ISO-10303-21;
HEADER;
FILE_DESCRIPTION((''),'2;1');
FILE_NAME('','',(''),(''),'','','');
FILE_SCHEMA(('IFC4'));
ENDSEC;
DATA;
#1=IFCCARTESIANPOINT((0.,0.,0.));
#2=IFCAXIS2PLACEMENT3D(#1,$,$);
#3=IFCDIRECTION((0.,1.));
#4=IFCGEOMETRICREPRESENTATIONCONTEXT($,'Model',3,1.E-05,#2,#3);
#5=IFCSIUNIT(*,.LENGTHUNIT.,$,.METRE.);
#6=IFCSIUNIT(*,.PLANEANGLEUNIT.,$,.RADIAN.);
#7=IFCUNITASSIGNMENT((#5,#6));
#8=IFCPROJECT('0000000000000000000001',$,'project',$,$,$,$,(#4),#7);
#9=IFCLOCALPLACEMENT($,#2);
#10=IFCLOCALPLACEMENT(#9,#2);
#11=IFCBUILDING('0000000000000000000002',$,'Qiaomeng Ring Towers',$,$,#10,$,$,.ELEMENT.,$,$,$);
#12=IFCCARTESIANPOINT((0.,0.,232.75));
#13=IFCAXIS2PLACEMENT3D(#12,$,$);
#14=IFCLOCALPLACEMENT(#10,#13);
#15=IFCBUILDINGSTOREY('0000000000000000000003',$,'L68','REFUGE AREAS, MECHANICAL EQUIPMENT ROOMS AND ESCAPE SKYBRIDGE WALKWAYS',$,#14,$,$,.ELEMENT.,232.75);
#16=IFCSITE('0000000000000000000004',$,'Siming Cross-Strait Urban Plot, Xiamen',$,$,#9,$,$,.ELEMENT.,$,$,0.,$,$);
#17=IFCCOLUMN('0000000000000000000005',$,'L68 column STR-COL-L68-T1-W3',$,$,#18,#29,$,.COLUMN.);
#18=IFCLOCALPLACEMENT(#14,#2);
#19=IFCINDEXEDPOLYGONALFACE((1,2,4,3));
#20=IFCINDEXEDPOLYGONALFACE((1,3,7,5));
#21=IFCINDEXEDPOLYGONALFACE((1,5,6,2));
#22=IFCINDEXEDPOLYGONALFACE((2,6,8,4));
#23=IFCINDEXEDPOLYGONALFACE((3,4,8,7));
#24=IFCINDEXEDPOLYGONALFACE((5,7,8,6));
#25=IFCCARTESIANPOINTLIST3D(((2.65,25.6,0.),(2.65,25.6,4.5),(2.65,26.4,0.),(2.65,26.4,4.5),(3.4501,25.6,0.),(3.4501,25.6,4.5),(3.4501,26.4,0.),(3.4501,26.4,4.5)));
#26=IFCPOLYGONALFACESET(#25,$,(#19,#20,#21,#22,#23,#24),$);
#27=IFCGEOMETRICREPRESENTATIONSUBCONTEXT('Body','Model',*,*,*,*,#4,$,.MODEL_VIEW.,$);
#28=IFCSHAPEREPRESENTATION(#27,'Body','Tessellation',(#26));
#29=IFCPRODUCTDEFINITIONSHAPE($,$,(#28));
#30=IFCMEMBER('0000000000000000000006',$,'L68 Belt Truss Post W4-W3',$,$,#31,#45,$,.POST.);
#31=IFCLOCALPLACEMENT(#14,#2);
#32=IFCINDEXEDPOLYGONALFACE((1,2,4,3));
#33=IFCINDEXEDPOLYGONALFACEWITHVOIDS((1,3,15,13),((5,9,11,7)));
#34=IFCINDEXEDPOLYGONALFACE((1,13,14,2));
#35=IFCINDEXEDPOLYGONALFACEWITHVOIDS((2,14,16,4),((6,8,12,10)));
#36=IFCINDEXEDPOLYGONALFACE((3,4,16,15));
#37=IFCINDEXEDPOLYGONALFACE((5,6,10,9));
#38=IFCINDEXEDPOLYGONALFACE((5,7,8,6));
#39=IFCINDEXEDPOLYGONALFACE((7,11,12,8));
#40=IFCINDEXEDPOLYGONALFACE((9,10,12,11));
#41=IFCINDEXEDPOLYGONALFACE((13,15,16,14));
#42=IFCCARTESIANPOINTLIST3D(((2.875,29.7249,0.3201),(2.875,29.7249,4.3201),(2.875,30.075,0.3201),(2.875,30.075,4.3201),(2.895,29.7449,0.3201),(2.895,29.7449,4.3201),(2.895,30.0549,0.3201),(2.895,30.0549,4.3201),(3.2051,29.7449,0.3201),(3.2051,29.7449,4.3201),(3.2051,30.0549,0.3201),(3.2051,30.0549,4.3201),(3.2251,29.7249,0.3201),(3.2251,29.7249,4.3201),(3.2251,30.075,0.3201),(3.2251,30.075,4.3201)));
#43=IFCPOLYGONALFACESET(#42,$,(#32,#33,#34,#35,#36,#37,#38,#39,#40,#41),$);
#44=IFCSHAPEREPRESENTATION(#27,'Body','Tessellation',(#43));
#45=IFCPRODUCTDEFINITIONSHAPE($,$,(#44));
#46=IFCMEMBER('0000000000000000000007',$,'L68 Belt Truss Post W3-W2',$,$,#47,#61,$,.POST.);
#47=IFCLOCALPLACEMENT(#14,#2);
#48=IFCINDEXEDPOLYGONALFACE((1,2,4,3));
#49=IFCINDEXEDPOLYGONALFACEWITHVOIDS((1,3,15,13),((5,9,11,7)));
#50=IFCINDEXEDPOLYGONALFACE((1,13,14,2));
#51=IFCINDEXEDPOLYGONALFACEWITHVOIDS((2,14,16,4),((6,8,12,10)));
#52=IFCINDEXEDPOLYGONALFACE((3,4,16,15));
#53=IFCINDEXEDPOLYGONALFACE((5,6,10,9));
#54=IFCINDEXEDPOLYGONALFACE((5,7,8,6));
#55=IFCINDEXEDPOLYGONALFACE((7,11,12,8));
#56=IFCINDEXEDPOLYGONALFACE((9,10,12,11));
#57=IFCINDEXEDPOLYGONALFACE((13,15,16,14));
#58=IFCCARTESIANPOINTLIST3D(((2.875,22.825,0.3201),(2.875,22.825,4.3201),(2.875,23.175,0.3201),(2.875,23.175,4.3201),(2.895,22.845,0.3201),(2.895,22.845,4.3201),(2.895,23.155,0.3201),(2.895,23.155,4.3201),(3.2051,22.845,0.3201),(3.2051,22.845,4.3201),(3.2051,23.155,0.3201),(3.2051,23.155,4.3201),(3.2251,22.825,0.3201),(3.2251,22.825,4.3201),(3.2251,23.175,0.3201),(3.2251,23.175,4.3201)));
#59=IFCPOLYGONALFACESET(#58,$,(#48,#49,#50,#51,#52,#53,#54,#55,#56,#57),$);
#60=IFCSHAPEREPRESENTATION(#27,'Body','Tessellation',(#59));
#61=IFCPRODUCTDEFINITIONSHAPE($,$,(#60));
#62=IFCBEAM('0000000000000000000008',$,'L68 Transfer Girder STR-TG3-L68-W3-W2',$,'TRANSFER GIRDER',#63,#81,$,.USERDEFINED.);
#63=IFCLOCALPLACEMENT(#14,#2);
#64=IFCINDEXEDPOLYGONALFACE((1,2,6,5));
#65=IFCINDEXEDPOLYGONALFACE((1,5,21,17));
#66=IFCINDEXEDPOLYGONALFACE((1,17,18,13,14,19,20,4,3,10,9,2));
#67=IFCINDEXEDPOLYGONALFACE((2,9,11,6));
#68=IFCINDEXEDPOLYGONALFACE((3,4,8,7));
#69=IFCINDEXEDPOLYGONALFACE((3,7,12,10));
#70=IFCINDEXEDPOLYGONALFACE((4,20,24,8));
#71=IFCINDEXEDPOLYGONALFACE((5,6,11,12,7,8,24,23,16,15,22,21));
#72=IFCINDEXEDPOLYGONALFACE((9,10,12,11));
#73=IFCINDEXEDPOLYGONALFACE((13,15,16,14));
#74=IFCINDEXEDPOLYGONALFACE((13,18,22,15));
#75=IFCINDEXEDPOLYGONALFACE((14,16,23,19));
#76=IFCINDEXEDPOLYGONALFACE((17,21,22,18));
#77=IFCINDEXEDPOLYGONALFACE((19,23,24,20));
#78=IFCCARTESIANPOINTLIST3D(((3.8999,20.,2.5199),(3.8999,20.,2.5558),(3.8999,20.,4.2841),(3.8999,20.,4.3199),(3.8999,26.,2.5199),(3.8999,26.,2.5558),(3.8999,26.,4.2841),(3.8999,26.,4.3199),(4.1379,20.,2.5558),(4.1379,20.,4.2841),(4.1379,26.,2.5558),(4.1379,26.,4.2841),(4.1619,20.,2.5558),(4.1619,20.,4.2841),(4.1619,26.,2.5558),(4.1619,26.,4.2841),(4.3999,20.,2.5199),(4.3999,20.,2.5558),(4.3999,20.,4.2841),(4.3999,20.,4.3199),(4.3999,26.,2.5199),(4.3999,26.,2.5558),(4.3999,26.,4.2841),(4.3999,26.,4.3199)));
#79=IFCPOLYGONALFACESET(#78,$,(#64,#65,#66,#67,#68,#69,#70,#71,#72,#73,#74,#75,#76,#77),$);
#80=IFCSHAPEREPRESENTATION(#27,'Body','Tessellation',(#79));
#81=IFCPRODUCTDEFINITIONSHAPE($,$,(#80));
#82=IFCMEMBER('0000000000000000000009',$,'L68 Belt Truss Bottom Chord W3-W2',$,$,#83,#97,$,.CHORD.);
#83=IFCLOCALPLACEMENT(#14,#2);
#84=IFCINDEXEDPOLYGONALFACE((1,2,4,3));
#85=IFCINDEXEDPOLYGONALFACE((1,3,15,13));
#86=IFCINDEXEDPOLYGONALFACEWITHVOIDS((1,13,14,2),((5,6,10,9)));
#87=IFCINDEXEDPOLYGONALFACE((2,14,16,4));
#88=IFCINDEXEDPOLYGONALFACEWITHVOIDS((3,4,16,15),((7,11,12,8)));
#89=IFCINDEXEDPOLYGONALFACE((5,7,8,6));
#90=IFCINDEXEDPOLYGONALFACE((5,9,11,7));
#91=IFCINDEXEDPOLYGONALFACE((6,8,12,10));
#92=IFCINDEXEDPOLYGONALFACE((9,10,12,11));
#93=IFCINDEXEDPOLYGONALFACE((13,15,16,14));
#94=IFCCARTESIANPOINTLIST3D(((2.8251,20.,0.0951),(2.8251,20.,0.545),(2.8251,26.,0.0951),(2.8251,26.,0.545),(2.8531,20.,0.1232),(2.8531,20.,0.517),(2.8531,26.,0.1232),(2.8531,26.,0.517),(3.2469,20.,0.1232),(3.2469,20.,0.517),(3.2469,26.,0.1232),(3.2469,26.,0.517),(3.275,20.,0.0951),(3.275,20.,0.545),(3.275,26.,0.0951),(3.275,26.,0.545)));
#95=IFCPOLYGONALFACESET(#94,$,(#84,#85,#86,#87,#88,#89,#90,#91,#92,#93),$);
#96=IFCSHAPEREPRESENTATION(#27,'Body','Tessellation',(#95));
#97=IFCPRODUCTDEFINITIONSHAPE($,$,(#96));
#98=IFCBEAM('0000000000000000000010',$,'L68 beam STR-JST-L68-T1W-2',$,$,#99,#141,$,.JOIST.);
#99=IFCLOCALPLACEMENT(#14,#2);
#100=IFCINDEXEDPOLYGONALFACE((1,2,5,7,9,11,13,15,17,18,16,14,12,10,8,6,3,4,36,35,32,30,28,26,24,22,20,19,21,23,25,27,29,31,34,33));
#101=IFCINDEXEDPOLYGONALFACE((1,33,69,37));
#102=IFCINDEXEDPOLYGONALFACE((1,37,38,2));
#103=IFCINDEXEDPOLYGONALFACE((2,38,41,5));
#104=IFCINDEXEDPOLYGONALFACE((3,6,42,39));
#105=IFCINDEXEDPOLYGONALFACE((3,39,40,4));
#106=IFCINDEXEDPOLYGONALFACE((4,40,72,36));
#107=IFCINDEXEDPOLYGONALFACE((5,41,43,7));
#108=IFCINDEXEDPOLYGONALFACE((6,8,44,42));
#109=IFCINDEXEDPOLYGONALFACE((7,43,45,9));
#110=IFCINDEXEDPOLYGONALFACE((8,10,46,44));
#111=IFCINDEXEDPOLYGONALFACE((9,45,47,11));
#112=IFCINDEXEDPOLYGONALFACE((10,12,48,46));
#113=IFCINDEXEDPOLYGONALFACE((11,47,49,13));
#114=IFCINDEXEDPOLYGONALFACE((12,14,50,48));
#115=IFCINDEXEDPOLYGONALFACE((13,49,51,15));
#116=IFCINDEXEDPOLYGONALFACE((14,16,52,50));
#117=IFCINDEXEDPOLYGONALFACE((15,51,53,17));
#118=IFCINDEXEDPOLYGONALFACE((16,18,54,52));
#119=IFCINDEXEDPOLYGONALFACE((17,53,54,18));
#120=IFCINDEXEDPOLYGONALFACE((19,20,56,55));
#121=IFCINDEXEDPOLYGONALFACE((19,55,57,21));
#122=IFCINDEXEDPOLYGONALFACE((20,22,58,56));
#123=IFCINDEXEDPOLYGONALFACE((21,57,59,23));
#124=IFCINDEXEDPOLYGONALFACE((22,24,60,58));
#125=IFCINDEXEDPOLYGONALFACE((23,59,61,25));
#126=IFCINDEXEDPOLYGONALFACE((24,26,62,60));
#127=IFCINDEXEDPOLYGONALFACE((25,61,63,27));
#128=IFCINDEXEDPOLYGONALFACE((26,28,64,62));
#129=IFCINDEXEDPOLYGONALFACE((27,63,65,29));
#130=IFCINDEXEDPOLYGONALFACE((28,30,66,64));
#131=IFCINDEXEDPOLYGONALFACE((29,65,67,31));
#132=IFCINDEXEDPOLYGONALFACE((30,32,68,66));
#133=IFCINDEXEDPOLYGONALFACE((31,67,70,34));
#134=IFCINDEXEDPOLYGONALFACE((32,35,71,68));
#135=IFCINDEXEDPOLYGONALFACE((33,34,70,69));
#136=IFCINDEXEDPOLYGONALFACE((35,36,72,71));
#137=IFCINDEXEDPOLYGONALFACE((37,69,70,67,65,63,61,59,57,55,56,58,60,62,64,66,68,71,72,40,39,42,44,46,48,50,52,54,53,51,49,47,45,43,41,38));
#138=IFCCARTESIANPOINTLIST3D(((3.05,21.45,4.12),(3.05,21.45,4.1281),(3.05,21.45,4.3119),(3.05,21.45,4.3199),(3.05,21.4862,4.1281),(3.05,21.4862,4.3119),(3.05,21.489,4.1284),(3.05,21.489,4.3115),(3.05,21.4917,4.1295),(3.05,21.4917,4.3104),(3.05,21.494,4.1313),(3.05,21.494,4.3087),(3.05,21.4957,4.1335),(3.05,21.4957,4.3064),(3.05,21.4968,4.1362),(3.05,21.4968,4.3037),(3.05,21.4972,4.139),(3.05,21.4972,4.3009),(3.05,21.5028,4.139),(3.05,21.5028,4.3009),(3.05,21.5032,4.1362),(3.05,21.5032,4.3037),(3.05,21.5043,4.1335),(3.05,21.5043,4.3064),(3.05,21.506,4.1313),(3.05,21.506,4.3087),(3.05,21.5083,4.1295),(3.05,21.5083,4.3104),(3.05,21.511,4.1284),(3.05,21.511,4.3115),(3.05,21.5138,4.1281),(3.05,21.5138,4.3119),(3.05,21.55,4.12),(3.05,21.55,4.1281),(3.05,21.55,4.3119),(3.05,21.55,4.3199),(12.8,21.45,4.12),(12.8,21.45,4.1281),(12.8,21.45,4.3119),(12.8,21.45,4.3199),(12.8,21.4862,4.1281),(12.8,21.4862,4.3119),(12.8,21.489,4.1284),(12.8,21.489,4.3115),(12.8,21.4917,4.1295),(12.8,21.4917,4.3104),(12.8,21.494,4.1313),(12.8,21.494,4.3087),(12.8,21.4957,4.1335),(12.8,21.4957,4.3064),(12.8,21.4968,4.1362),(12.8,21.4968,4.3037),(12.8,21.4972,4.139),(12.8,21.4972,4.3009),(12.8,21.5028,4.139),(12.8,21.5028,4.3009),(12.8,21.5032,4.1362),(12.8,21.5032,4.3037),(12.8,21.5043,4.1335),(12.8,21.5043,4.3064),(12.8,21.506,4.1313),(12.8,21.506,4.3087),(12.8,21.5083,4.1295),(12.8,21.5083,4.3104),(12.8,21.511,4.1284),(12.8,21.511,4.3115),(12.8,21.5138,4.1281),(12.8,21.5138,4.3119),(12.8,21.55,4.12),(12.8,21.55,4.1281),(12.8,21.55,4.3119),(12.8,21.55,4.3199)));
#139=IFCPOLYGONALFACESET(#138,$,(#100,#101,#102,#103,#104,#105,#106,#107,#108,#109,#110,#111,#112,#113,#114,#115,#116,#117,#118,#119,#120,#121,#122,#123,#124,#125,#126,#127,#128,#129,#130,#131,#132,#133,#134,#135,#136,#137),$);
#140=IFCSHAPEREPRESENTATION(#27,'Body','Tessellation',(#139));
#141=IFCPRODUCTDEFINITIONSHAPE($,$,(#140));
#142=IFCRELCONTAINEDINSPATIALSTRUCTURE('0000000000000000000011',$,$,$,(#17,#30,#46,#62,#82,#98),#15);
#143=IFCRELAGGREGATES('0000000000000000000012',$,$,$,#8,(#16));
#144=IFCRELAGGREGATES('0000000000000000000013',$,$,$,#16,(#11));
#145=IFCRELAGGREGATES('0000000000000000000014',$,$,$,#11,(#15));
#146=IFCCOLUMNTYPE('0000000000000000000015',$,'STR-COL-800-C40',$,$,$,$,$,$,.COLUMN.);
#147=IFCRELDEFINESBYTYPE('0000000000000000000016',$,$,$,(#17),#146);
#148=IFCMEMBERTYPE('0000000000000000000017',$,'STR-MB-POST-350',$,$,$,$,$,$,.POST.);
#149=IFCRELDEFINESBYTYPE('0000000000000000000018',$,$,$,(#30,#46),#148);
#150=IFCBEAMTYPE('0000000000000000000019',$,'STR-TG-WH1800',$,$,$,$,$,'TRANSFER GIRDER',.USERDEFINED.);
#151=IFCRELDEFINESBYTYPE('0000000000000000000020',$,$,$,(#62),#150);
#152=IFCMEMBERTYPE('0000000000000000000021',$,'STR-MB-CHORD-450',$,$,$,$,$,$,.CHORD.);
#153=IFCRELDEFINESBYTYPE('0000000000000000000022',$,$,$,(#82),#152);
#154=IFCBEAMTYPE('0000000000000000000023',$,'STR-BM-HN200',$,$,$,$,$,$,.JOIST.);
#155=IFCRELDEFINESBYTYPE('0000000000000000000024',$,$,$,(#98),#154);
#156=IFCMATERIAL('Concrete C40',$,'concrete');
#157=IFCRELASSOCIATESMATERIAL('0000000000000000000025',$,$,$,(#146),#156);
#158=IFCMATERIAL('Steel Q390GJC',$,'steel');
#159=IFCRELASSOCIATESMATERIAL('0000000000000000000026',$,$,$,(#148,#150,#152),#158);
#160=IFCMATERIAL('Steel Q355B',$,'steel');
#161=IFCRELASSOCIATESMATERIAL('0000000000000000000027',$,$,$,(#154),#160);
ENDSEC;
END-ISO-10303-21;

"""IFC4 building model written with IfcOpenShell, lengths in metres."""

from ifc_helpers import new_model, si_unit, direction, frame, origin, origin_2d, place, context, subcontext, project, spatial, rectangle, hollow_rectangle, i_section, extrude, source, transform, mapped, material, material_profile, profile_set, type_object, element, save


model = new_model("IFC4")

# Units and contexts
model_context = context("Model", 3, precision=1e-05, world=origin(), true_north=direction((0.0, 1.0)))
body_context = subcontext(model_context, "Body", "Model", "MODEL_VIEW")
ifc_project = project(units=[si_unit("LENGTHUNIT", "METRE"), si_unit("PLANEANGLEUNIT", "RADIAN")], contexts=[model_context])

# Site, building, storey
site_placement = place(None, origin())
site = spatial("IfcSite", under=ifc_project, at=site_placement, Name="Siming Cross-Strait Urban Plot, Xiamen", CompositionType="ELEMENT", RefElevation=0.0)
building_placement = place(site_placement, origin())
building = spatial("IfcBuilding", under=site, at=building_placement, Name="Qiaomeng Ring Towers", CompositionType="ELEMENT")
storey_placement = place(building_placement, frame((0.0, 0.0, 232.75)))
storey = spatial("IfcBuildingStorey", under=building, at=storey_placement, Name="L68", Description="REFUGE AREAS, MECHANICAL EQUIPMENT ROOMS AND ESCAPE SKYBRIDGE WALKWAYS", CompositionType="ELEMENT", Elevation=232.75)

# Column
ifc_material_1 = material(Name="Concrete C40", Category="concrete")
ifc_material_profile_1 = material_profile(ifc_material_1, rectangle(XDim=0.8, YDim=0.8, at=origin_2d()), Name="RC COL 800x800")
ifc_profile_set_1 = profile_set([ifc_material_profile_1], Name="Concrete C40")
column_type = type_object("IfcColumnType", Name="STR-COL-800-C40", PredefinedType="COLUMN", material=ifc_profile_set_1)
shared_shape_1 = source(origin(), body_context, "Body", "SweptSolid", [
    extrude(rectangle(XDim=0.8, YDim=0.8, at=origin_2d()), origin(), (0.0, 0.0, 1.0), 4.5),
])
column_placement = place(storey_placement, frame((3.05, 26.0, 0.0), z_axis=(0.0, 0.0, 1.0), x_axis=(1.0, 0.0, 0.0)))
element("IfcColumn", 1, at=column_placement, inside=storey, type_object=column_type, Name="L68 column STR-COL-L68-T1-W3", PredefinedType="COLUMN", context=body_context, shape_type="MappedRepresentation", body=[
    mapped(shared_shape_1, transform((0.0, 0.0, 0.0), x_axis=(1.0, 0.0, 0.0), y_axis=(0.0, 1.0, 0.0), z_axis=(0.0, 0.0, 1.0), scale=1.0)),
])

# Members
ifc_material_2 = material(Name="Steel Q390GJC", Category="steel")
ifc_material_profile_2 = material_profile(ifc_material_2, hollow_rectangle(XDim=0.3501, YDim=0.3501, WallThickness=0.02, at=origin_2d()), Name="SHS 350x350x20")
ifc_profile_set_2 = profile_set([ifc_material_profile_2], Name="Steel Q390GJC")
member_type_1 = type_object("IfcMemberType", Name="STR-MB-POST-350", PredefinedType="POST", material=ifc_profile_set_2)
shared_shape_2 = source(origin(), body_context, "Body", "SweptSolid", [
    extrude(hollow_rectangle(XDim=0.3501, YDim=0.3501, WallThickness=0.02, at=origin_2d()), origin(), (0.0, 0.0, 1.0), 4.0),
])
for number, where, z_axis, x_axis, name in (
    (2, (3.05, 29.8999, 0.3201), (0.0, 0.0, 1.0), (1.0, 0.0, 0.0), "L68 Belt Truss Post W4-W3"),
    (3, (3.05, 23.0, 0.3201), (0.0, 0.0, 1.0), (1.0, 0.0, 0.0), "L68 Belt Truss Post W3-W2"),
):
    element("IfcMember", number, at=place(storey_placement, frame(where, z_axis=z_axis, x_axis=x_axis)), inside=storey, type_object=member_type_1, Name=name, PredefinedType="POST", context=body_context, shape_type="MappedRepresentation", body=[
        mapped(shared_shape_2, transform((0.0, 0.0, 0.0), x_axis=(1.0, 0.0, 0.0), y_axis=(0.0, 1.0, 0.0), z_axis=(0.0, 0.0, 1.0), scale=1.0)),
    ])

# Beam
ifc_material_profile_3 = material_profile(ifc_material_2, i_section(OverallWidth=0.5, OverallDepth=1.8, WebThickness=0.0239, FlangeThickness=0.0359, at=origin_2d()), Name="WH 1800x500x24x36")
ifc_profile_set_3 = profile_set([ifc_material_profile_3], Name="Steel Q390GJC")
beam_type_1 = type_object("IfcBeamType", Name="STR-TG-WH1800", ElementType="TRANSFER GIRDER", PredefinedType="USERDEFINED", material=ifc_profile_set_3)
shared_shape_3 = source(origin(), body_context, "Body", "SweptSolid", [
    extrude(i_section(OverallWidth=0.5, OverallDepth=1.8, WebThickness=0.0239, FlangeThickness=0.0359, at=origin_2d()), origin(), (0.0, 0.0, 1.0), 6.0),
])
beam_1_placement = place(storey_placement, frame((4.1499, 26.0, 3.4199), z_axis=(0.0, -1.0, 0.0), x_axis=(1.0, 0.0, 0.0)))
element("IfcBeam", 4, at=beam_1_placement, inside=storey, type_object=beam_type_1, Name="L68 Transfer Girder STR-TG3-L68-W3-W2", ObjectType="TRANSFER GIRDER", PredefinedType="USERDEFINED", context=body_context, shape_type="MappedRepresentation", body=[
    mapped(shared_shape_3, transform((0.0, 0.0, 0.0), x_axis=(1.0, 0.0, 0.0), y_axis=(0.0, 1.0, 0.0), z_axis=(0.0, 0.0, 1.0), scale=1.0)),
])

# Member
ifc_material_profile_4 = material_profile(ifc_material_2, hollow_rectangle(XDim=0.45, YDim=0.45, WallThickness=0.0281, at=origin_2d()), Name="SHS 450x450x28")
ifc_profile_set_4 = profile_set([ifc_material_profile_4], Name="Steel Q390GJC")
member_type_2 = type_object("IfcMemberType", Name="STR-MB-CHORD-450", PredefinedType="CHORD", material=ifc_profile_set_4)
shared_shape_4 = source(origin(), body_context, "Body", "SweptSolid", [
    extrude(hollow_rectangle(XDim=0.45, YDim=0.45, WallThickness=0.0281, at=origin_2d()), origin(), (0.0, 0.0, 1.0), 6.0),
])
member_1_placement = place(storey_placement, frame((3.05, 26.0, 0.3201), z_axis=(0.0, -1.0, 0.0), x_axis=(1.0, 0.0, 0.0)))
element("IfcMember", 5, at=member_1_placement, inside=storey, type_object=member_type_2, Name="L68 Belt Truss Bottom Chord W3-W2", PredefinedType="CHORD", context=body_context, shape_type="MappedRepresentation", body=[
    mapped(shared_shape_4, transform((0.0, 0.0, 0.0), x_axis=(1.0, 0.0, 0.0), y_axis=(0.0, 1.0, 0.0), z_axis=(0.0, 0.0, 1.0), scale=1.0)),
])

# Beam
ifc_material_3 = material(Name="Steel Q355B", Category="steel")
ifc_material_profile_5 = material_profile(ifc_material_3, i_section(OverallWidth=0.1001, OverallDepth=0.2, WebThickness=0.0056, FlangeThickness=0.0081, FilletRadius=0.011, at=origin_2d()), Name="HN 200x100x5.5x8")
ifc_profile_set_5 = profile_set([ifc_material_profile_5], Name="Steel Q355B")
beam_type_2 = type_object("IfcBeamType", Name="STR-BM-HN200", PredefinedType="JOIST", material=ifc_profile_set_5)
shared_shape_5 = source(origin(), body_context, "Body", "SweptSolid", [
    extrude(i_section(OverallWidth=0.1001, OverallDepth=0.2, WebThickness=0.0056, FlangeThickness=0.0081, FilletRadius=0.011, at=origin_2d()), origin(), (0.0, 0.0, 1.0), 9.75),
])
for number, where, z_axis, x_axis, name in (
    (6, (3.05, 21.5, 4.22), (1.0, 0.0, 0.0), (0.0, 1.0, 0.0), "L68 beam STR-JST-L68-T1W-2"),
):
    element("IfcBeam", number, at=place(storey_placement, frame(where, z_axis=z_axis, x_axis=x_axis)), inside=storey, type_object=beam_type_2, Name=name, PredefinedType="JOIST", context=body_context, shape_type="MappedRepresentation", body=[
        mapped(shared_shape_5, transform((0.0, 0.0, 0.0), x_axis=(1.0, 0.0, 0.0), y_axis=(0.0, 1.0, 0.0), z_axis=(0.0, 0.0, 1.0), scale=1.0)),
    ])

save(model, "model.ifc")
